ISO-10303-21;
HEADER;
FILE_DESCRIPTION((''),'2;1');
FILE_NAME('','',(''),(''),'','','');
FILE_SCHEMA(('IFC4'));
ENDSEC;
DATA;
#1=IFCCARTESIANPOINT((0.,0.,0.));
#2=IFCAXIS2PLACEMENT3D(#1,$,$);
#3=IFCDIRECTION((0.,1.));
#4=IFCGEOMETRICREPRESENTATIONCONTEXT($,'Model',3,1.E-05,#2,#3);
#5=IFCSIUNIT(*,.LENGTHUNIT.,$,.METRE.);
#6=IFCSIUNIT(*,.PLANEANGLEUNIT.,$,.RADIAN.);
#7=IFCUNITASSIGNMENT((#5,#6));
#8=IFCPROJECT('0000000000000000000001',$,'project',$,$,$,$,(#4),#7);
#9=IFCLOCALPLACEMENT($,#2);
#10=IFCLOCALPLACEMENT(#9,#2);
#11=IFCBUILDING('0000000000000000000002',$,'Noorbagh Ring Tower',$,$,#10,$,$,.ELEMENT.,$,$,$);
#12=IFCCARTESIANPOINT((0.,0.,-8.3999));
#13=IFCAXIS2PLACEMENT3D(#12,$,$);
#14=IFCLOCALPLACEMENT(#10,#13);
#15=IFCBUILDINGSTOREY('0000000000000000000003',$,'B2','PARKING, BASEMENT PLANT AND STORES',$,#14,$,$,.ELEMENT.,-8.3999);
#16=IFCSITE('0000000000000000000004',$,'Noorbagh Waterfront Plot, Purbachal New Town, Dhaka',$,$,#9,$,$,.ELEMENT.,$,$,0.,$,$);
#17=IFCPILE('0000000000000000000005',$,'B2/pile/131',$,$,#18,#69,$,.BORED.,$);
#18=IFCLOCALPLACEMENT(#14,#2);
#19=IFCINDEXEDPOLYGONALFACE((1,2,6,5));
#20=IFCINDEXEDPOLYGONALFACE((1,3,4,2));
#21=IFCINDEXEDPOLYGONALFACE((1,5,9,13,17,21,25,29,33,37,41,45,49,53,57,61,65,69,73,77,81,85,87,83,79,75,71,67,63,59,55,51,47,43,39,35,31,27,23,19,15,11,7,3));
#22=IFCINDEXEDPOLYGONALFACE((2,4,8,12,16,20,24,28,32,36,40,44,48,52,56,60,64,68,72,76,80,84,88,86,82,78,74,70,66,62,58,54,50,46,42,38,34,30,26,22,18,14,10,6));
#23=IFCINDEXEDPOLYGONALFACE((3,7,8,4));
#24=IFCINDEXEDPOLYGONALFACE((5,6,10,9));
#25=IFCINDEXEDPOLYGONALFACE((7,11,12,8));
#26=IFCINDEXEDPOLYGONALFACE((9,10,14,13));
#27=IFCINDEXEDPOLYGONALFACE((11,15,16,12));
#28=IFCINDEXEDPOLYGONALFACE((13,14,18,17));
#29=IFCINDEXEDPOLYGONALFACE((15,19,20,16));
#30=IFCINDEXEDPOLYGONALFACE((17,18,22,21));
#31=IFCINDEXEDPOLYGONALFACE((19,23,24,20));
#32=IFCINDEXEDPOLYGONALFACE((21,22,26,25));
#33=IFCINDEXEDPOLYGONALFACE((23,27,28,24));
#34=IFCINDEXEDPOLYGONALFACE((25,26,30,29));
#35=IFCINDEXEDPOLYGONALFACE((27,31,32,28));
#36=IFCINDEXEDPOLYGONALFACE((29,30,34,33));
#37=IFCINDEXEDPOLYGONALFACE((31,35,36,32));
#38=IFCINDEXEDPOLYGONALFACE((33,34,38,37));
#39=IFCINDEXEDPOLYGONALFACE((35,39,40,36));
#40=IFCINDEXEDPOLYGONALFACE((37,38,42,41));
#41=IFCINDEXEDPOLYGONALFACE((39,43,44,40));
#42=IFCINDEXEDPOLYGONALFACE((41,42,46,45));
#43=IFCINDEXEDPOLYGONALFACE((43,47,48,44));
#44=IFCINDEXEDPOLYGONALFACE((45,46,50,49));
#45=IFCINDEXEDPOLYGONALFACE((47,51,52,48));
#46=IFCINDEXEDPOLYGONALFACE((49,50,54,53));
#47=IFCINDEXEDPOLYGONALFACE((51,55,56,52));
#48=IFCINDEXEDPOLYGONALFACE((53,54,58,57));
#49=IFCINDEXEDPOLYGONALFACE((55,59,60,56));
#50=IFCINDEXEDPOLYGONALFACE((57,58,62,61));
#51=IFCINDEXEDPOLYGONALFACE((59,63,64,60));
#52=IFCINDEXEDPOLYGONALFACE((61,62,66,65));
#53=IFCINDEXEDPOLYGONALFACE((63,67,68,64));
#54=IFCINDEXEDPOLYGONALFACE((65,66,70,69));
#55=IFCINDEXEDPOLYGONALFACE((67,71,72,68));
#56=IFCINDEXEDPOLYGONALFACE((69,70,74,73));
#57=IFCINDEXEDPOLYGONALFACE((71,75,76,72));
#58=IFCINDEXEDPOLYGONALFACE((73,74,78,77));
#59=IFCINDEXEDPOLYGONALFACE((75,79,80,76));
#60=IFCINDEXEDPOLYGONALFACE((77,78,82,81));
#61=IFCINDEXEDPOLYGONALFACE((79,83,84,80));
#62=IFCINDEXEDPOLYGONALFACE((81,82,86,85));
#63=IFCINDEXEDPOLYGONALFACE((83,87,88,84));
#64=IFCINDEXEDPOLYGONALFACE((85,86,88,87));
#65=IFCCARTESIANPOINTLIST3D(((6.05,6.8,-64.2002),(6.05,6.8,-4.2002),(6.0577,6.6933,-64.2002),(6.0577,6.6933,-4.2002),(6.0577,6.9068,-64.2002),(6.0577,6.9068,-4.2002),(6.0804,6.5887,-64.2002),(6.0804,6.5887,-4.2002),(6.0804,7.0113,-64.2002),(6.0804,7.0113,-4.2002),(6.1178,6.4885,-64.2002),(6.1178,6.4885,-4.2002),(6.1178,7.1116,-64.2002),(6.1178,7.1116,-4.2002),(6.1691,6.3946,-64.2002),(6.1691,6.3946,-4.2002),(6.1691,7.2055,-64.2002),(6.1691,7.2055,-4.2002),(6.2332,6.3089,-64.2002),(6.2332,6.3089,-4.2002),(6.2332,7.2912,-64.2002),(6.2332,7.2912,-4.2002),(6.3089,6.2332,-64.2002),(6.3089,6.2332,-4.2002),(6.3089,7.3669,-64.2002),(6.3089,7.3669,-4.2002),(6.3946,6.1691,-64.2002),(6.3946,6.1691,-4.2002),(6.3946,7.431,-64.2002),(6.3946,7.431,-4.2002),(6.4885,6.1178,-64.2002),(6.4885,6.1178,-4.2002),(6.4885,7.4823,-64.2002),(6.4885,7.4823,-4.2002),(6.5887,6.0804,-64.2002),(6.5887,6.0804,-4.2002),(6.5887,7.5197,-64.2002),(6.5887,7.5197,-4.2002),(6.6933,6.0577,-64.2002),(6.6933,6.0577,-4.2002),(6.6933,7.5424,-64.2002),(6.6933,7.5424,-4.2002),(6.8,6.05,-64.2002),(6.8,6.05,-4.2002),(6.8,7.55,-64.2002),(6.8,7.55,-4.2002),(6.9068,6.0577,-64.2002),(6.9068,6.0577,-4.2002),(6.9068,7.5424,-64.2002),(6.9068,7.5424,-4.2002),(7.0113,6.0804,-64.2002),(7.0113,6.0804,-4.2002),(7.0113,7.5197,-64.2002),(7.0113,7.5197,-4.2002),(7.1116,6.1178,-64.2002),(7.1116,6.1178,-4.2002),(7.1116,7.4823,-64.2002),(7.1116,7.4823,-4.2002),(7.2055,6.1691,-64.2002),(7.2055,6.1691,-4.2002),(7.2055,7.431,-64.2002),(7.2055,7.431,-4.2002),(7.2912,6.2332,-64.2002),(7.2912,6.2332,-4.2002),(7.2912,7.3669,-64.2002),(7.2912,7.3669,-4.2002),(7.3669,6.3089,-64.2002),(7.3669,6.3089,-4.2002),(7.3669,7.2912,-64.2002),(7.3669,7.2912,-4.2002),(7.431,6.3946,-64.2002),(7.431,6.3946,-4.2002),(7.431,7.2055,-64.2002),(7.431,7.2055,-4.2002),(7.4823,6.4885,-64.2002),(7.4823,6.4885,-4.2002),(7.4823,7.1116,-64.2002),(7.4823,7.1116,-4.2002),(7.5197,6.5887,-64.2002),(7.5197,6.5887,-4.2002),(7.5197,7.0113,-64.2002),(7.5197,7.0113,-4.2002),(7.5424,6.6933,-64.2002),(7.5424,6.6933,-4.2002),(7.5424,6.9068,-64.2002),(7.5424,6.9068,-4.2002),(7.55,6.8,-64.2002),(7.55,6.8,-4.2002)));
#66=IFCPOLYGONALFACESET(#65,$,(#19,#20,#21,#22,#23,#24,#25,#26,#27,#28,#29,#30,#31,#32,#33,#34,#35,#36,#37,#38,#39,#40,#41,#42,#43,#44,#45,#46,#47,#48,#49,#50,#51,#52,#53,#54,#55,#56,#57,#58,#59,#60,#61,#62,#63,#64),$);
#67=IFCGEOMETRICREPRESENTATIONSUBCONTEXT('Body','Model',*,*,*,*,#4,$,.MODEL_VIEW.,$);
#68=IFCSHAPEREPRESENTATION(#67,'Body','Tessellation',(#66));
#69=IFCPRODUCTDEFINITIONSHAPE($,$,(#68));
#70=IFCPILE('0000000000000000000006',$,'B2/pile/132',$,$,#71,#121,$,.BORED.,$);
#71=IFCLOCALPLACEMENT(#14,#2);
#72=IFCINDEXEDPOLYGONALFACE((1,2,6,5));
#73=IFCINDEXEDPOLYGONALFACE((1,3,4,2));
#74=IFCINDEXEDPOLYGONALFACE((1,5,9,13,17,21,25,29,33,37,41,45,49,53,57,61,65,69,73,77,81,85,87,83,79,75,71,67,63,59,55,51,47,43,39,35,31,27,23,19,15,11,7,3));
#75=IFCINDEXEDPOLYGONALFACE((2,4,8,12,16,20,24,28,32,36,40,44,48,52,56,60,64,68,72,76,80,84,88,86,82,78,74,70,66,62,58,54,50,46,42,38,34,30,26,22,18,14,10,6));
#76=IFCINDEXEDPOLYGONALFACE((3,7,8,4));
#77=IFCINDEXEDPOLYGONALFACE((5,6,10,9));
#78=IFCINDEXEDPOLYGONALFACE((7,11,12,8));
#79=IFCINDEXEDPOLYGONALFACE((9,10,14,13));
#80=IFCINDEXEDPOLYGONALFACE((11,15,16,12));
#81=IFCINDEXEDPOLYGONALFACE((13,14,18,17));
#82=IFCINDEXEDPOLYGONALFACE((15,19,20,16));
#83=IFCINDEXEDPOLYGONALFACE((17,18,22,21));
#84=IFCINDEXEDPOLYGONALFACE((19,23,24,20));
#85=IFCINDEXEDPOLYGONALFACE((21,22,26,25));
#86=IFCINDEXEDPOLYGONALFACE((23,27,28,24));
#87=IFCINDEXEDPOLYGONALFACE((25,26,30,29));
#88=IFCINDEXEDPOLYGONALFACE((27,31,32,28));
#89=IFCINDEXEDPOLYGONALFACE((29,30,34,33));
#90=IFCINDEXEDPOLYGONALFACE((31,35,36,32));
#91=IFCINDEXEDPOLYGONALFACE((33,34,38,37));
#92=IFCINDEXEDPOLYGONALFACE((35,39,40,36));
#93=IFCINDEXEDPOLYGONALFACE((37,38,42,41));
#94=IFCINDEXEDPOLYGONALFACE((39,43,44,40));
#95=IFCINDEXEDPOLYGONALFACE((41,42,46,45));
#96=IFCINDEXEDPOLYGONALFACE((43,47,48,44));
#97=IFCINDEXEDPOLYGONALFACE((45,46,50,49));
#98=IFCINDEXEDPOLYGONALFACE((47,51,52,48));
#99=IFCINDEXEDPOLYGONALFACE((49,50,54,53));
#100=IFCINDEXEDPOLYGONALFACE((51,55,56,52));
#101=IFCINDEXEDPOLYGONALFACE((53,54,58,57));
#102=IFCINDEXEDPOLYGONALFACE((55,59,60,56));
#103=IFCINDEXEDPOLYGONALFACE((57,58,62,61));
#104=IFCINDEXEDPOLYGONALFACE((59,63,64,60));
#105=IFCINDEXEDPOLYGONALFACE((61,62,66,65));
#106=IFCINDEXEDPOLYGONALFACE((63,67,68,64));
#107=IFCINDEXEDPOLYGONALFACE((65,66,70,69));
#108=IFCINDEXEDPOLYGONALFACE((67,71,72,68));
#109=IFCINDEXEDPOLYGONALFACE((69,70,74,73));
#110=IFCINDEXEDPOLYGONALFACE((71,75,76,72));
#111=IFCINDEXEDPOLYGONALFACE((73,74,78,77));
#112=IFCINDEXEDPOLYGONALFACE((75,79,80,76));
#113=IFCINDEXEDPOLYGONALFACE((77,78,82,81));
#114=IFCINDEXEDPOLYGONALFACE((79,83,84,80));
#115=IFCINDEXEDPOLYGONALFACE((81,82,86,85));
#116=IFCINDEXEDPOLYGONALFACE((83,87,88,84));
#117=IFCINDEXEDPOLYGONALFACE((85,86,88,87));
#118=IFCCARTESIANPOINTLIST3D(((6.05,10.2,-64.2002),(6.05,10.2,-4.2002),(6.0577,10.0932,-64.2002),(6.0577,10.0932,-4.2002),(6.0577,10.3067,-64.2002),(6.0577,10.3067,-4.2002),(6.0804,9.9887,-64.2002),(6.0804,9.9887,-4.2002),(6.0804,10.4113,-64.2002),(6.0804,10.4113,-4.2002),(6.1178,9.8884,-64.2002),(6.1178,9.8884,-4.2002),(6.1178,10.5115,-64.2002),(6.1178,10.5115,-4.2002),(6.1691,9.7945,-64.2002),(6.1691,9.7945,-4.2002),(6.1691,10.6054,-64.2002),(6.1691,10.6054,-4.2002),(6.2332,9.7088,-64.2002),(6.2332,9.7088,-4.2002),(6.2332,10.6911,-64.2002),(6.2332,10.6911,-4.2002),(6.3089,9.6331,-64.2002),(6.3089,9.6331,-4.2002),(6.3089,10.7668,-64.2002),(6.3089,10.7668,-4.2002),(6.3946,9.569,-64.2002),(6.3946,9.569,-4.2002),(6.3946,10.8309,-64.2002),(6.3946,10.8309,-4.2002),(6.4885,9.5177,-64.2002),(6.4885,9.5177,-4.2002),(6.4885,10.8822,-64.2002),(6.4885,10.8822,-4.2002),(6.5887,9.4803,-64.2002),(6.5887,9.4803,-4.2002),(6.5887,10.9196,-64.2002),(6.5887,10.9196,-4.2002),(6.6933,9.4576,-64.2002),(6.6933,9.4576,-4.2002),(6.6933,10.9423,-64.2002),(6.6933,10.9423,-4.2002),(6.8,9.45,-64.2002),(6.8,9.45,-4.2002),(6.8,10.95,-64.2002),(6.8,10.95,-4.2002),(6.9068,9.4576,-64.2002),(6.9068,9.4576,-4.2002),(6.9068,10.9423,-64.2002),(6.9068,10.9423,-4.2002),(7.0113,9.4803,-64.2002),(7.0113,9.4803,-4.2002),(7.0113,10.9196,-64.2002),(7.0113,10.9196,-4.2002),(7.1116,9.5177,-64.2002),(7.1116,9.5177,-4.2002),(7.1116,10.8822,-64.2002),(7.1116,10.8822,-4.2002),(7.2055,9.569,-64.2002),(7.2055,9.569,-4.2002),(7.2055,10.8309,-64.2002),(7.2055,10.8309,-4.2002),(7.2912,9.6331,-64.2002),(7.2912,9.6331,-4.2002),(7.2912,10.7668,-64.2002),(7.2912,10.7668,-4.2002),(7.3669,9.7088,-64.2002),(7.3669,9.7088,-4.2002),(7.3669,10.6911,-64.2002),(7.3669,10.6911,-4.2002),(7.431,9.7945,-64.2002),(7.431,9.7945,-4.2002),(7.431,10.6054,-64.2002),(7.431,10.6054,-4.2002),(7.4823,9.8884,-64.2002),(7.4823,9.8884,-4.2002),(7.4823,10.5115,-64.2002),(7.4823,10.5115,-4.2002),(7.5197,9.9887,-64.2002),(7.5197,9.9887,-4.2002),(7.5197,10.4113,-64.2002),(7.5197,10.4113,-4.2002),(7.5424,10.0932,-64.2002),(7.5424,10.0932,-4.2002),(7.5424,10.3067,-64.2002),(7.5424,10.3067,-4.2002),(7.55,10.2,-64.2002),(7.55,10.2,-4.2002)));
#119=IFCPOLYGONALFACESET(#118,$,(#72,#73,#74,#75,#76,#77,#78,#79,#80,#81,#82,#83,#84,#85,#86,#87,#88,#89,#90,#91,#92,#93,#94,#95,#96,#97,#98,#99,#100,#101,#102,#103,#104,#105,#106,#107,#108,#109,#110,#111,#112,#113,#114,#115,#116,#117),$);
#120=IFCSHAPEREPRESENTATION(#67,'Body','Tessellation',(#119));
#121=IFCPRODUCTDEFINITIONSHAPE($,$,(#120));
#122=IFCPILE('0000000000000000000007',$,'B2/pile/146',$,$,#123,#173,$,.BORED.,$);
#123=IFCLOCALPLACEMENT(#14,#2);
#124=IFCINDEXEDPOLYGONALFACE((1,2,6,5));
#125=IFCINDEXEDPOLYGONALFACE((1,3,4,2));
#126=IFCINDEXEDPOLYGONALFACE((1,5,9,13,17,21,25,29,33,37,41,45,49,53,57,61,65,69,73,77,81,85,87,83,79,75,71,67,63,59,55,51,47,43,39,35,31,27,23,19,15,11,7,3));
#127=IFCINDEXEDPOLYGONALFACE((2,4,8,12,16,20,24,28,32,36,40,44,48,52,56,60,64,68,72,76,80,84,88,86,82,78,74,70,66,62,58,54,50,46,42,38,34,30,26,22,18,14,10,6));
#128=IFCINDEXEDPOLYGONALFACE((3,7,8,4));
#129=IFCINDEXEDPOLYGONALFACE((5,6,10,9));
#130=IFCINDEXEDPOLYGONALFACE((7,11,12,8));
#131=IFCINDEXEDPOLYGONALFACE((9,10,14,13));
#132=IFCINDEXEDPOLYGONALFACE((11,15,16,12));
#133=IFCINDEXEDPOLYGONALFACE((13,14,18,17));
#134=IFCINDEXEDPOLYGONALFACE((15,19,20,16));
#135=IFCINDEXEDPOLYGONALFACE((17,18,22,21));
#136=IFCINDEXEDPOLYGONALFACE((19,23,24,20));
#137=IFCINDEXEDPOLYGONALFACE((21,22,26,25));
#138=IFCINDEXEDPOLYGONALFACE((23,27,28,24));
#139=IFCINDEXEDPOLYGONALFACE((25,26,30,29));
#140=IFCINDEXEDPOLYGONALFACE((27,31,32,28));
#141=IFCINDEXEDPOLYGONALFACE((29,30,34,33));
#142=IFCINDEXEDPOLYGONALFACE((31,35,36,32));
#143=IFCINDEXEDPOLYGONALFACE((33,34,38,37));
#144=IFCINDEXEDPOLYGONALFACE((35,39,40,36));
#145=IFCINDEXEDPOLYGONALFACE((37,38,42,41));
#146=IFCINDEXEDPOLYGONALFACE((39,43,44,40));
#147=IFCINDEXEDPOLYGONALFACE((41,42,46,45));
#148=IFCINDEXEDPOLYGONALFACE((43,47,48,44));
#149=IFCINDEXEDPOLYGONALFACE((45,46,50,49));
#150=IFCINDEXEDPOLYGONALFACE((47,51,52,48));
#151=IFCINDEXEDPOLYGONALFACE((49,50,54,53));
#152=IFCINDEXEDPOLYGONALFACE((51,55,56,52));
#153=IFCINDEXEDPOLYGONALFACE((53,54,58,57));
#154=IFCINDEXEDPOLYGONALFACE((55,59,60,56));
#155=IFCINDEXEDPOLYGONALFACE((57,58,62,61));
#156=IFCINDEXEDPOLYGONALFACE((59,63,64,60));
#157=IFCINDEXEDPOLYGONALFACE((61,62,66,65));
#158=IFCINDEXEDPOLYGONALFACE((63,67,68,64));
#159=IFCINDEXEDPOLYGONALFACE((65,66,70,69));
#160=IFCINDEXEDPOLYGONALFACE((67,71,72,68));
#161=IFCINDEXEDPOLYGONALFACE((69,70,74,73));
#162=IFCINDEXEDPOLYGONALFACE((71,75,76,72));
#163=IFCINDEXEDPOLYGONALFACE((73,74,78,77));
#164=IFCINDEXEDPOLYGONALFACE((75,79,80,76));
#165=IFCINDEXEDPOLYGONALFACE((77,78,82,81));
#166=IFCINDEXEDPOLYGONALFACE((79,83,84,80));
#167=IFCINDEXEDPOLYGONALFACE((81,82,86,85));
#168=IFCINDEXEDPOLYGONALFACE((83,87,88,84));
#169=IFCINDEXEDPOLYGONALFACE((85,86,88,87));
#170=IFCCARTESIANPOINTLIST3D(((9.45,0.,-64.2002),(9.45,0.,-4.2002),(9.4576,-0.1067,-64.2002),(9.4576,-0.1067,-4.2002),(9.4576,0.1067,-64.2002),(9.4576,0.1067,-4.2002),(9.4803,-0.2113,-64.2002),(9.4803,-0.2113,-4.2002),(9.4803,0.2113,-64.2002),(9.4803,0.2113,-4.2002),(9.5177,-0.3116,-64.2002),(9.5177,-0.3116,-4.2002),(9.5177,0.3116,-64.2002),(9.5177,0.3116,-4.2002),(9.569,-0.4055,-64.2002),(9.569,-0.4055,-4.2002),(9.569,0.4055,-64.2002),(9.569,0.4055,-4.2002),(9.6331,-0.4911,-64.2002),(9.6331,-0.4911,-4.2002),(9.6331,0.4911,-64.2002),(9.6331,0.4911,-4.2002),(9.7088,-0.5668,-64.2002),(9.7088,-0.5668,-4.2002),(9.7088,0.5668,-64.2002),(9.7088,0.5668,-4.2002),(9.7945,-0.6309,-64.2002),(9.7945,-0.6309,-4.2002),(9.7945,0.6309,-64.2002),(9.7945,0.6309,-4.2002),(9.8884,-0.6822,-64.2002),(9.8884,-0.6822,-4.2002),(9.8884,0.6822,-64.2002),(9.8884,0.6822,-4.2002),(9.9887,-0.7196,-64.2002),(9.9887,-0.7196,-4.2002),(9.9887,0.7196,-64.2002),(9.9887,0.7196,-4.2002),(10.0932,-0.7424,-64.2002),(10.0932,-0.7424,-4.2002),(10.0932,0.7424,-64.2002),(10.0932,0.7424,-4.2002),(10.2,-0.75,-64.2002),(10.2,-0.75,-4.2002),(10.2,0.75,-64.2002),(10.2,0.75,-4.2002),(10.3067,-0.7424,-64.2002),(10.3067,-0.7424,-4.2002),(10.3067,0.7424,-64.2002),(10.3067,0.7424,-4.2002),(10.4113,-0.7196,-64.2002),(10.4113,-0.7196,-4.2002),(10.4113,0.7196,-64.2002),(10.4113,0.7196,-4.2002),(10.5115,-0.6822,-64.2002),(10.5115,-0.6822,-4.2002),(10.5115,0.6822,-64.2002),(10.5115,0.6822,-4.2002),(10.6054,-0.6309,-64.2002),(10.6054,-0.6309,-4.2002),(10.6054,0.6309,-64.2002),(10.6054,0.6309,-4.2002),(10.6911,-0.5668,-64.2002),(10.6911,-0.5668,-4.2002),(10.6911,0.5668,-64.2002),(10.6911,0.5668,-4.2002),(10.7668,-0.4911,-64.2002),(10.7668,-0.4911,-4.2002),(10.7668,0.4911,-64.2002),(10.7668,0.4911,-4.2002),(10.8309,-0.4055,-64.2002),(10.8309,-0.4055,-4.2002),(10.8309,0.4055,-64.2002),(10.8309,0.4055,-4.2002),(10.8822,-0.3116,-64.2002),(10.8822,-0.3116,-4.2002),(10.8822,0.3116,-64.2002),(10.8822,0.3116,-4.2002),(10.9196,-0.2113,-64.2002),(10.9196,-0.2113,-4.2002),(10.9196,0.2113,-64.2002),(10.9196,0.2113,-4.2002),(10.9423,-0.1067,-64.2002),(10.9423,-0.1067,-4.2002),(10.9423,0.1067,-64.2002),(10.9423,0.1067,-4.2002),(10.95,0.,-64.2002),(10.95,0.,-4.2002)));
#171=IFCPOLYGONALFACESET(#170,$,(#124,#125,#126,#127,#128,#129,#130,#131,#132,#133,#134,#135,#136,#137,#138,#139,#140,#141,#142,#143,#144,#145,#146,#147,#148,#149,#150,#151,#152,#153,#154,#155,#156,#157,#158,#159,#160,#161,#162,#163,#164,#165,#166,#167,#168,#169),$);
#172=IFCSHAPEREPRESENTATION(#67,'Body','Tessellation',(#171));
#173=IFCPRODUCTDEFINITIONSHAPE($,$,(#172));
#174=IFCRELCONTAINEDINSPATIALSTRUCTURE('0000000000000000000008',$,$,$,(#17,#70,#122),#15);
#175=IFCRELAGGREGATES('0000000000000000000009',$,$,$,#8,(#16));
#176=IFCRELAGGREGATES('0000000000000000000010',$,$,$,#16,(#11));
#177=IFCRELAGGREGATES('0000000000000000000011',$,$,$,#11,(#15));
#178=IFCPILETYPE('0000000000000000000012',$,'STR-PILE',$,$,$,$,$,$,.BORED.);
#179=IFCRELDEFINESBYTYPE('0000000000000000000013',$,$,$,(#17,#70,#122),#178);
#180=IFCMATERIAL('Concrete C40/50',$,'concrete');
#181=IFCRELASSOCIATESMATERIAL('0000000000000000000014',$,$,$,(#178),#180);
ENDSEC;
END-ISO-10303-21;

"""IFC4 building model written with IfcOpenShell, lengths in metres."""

from ifc_helpers import new_model, si_unit, direction, frame, origin, origin_2d, place, context, subcontext, project, spatial, circle, extrude, material, material_profile, profile_set, type_object, element, save


model = new_model("IFC4")

# Units and contexts
model_context = context("Model", 3, precision=1e-05, world=origin(), true_north=direction((0.0, 1.0)))
body_context = subcontext(model_context, "Body", "Model", "MODEL_VIEW")
ifc_project = project(units=[si_unit("LENGTHUNIT", "METRE"), si_unit("PLANEANGLEUNIT", "RADIAN")], contexts=[model_context])

# Site, building, storey
site_placement = place(None, origin())
site = spatial("IfcSite", under=ifc_project, at=site_placement, Name="Noorbagh Waterfront Plot, Purbachal New Town, Dhaka", CompositionType="ELEMENT", RefElevation=0.0)
building_placement = place(site_placement, origin())
building = spatial("IfcBuilding", under=site, at=building_placement, Name="Noorbagh Ring Tower", CompositionType="ELEMENT")
storey_placement = place(building_placement, frame((0.0, 0.0, -8.3999)))
storey = spatial("IfcBuildingStorey", under=building, at=storey_placement, Name="B2", Description="PARKING, BASEMENT PLANT AND STORES", CompositionType="ELEMENT", Elevation=-8.3999)

# Piles
ifc_material_1 = material(Name="Concrete C40/50", Category="concrete")
ifc_material_profile_1 = material_profile(ifc_material_1, circle(Radius=0.75, at=origin_2d()), Name="PILE1500")
ifc_profile_set_1 = profile_set([ifc_material_profile_1], Name="Concrete C40/50")
pile_type = type_object("IfcPileType", Name="STR-PILE", PredefinedType="BORED", material=ifc_profile_set_1)
for number, where, z_axis, x_axis, name in (
    (1, (6.8, 6.8, -4.2002), (0.0, 0.0, -1.0), (1.0, 0.0, 0.0), "B2/pile/131"),
    (2, (6.8, 10.2, -4.2002), (0.0, 0.0, -1.0), (1.0, 0.0, 0.0), "B2/pile/132"),
    (3, (10.2, 0.0, -4.2002), (0.0, 0.0, -1.0), (1.0, 0.0, 0.0), "B2/pile/146"),
):
    element("IfcPile", number, at=place(storey_placement, frame(where, z_axis=z_axis, x_axis=x_axis)), inside=storey, type_object=pile_type, Name=name, PredefinedType="BORED", context=body_context, shape_type="SweptSolid", body=[
        extrude(circle(Radius=0.75, at=origin_2d()), origin(), (0.0, 0.0, 1.0), 60.0),
    ])

save(model, "model.ifc")
